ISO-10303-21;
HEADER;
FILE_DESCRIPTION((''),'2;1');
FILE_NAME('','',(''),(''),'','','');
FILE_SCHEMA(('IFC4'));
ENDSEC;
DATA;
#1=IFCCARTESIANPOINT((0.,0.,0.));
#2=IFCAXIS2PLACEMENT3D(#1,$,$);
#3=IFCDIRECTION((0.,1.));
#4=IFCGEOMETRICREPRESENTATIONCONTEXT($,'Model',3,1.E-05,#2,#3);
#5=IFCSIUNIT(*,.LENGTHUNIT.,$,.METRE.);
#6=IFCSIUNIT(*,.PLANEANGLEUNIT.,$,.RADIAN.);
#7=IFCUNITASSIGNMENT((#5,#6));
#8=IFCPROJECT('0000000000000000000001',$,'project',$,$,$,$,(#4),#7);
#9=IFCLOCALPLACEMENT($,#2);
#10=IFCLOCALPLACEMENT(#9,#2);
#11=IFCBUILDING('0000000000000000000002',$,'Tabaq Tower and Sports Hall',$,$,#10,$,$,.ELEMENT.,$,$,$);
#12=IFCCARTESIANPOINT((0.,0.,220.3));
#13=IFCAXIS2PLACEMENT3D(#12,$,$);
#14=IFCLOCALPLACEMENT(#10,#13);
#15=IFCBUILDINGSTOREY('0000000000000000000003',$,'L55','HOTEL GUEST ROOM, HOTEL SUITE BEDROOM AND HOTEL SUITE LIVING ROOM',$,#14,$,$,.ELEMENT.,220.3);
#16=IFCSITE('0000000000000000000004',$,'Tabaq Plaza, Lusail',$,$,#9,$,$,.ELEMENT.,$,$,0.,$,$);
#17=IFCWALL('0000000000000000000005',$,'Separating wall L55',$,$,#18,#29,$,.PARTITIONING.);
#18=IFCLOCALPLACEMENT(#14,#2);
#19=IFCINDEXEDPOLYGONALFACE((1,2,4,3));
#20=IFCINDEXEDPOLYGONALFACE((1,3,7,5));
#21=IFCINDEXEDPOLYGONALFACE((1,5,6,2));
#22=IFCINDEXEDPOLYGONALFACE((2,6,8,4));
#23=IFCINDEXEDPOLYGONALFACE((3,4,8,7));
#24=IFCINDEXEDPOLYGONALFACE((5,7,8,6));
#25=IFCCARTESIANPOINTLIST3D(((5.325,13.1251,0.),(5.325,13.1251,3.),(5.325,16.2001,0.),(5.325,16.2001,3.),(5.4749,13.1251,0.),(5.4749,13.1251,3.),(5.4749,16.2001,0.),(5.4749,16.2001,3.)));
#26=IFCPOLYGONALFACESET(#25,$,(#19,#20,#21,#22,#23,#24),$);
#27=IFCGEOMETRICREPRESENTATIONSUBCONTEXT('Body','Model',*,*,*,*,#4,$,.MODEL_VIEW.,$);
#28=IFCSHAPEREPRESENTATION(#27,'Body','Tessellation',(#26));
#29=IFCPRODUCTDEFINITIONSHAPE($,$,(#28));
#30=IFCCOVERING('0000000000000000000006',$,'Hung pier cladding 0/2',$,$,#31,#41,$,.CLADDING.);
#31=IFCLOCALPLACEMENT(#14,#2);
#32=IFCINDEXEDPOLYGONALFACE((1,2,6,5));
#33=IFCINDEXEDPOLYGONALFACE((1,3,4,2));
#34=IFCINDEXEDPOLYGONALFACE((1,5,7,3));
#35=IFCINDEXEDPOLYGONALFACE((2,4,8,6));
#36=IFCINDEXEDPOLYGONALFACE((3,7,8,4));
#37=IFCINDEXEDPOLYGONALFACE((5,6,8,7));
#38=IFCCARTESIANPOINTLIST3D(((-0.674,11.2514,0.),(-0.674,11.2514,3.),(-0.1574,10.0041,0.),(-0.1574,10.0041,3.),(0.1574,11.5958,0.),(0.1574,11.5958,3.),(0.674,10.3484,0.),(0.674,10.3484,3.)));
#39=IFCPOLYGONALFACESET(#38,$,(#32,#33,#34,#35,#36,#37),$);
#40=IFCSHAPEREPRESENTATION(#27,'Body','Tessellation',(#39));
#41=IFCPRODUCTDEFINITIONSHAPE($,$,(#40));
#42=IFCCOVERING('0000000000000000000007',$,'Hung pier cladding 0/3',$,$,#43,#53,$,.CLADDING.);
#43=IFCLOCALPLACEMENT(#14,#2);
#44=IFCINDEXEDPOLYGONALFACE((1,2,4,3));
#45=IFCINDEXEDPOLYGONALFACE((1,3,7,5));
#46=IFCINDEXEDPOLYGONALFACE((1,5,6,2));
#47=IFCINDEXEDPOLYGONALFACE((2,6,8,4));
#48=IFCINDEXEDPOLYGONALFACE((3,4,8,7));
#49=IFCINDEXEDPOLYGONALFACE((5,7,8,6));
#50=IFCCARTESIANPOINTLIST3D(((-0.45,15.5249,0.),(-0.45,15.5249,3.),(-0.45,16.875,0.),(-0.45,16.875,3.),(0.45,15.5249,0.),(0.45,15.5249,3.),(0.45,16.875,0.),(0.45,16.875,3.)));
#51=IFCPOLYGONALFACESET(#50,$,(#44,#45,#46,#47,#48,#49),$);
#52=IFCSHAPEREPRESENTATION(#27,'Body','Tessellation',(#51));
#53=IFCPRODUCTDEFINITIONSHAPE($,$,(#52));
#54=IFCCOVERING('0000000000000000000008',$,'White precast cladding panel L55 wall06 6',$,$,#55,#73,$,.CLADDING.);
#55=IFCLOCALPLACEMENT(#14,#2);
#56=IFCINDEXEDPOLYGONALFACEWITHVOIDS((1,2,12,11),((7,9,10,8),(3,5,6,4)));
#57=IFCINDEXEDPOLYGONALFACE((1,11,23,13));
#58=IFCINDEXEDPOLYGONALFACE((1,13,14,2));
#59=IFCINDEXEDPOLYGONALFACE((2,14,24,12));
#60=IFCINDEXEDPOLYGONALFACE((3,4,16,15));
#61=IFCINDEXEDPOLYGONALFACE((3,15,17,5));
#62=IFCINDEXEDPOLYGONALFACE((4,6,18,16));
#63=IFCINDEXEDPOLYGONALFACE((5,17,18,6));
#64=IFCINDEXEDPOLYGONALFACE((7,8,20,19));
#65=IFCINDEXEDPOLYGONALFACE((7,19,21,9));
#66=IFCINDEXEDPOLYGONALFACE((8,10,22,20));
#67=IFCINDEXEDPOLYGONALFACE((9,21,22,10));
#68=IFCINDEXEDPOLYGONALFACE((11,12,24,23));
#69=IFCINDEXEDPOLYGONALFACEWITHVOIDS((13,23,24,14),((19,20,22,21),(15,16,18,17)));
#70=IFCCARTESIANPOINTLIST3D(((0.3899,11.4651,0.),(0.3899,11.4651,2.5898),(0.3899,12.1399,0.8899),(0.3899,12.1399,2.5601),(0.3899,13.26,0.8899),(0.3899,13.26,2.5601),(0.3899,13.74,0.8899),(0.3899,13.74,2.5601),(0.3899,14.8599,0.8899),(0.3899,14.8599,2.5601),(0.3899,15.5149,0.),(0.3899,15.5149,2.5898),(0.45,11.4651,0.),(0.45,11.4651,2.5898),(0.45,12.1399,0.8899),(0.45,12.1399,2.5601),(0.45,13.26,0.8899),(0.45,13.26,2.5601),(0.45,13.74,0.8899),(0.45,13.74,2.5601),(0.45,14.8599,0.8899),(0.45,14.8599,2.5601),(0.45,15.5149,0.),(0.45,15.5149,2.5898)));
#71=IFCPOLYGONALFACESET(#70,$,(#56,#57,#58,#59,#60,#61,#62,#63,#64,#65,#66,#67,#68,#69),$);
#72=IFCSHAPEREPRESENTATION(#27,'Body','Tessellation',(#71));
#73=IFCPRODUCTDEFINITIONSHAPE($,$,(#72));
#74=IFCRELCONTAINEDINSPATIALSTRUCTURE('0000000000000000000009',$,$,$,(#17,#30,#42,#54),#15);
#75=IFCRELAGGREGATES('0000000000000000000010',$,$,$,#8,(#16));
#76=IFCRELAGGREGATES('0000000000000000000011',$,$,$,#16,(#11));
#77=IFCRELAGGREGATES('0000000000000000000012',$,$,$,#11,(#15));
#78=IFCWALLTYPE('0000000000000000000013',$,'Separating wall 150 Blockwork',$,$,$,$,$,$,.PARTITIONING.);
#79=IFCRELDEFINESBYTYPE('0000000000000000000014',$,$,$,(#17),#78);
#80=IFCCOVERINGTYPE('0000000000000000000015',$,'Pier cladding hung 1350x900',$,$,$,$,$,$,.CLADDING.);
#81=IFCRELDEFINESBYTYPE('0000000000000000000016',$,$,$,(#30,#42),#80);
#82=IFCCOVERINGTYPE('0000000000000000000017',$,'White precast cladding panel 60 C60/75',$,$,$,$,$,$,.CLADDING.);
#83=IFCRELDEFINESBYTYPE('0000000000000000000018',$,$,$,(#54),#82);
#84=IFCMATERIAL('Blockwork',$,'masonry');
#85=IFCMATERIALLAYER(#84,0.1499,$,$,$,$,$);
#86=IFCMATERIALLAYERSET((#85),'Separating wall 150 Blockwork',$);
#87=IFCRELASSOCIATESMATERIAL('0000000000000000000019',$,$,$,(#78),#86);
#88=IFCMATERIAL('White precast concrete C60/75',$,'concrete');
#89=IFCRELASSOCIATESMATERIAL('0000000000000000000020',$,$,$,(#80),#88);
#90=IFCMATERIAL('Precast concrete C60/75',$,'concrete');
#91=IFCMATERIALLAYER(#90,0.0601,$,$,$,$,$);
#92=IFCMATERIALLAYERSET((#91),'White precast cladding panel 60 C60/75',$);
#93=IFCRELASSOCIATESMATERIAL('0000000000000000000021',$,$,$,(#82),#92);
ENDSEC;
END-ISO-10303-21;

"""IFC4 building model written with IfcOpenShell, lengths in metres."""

from ifc_helpers import new_model, si_unit, direction, frame, frame_2d, origin, place, context, subcontext, project, spatial, polyline, rectangle, outline, extrude, material, layer, layer_set, type_object, element, save


model = new_model("IFC4")

# Units and contexts
model_context = context("Model", 3, precision=1e-05, world=origin(), true_north=direction((0.0, 1.0)))
body_context = subcontext(model_context, "Body", "Model", "MODEL_VIEW")
ifc_project = project(units=[si_unit("LENGTHUNIT", "METRE"), si_unit("PLANEANGLEUNIT", "RADIAN")], contexts=[model_context])

# Site, building, storey
site_placement = place(None, origin())
site = spatial("IfcSite", under=ifc_project, at=site_placement, Name="Tabaq Plaza, Lusail", CompositionType="ELEMENT", RefElevation=0.0)
building_placement = place(site_placement, origin())
building = spatial("IfcBuilding", under=site, at=building_placement, Name="Tabaq Tower and Sports Hall", CompositionType="ELEMENT")
storey_placement = place(building_placement, frame((0.0, 0.0, 220.3)))
storey = spatial("IfcBuildingStorey", under=building, at=storey_placement, Name="L55", Description="HOTEL GUEST ROOM, HOTEL SUITE BEDROOM AND HOTEL SUITE LIVING ROOM", CompositionType="ELEMENT", Elevation=220.3)

# Shared definitions
ifc_material_1 = material(Name="Blockwork", Category="masonry")
ifc_layer_1 = layer(ifc_material_1, 0.1499)
ifc_layer_set_1 = layer_set([ifc_layer_1], Name="Separating wall 150 Blockwork")
wall_type = type_object("IfcWallType", Name="Separating wall 150 Blockwork", PredefinedType="PARTITIONING", material=ifc_layer_set_1)

# Wall
wall_1_placement = place(storey_placement, frame((5.3999, 13.125, 0.0), z_axis=(0.0, 0.0, 1.0), x_axis=(0.0, 1.0, 0.0)))
element("IfcWall", 1, at=wall_1_placement, inside=storey, type_object=wall_type, Name="Separating wall L55", PredefinedType="PARTITIONING", context=body_context, shape_type="SweptSolid", body=[
    extrude(rectangle(XDim=3.075, YDim=0.1499, at=frame_2d((1.5376, 0.0))), origin(), (0.0, 0.0, 1.0), 3.0),
])

# Coverings
ifc_material_2 = material(Name="White precast concrete C60/75", Category="concrete")
covering_type_1 = type_object("IfcCoveringType", Name="Pier cladding hung 1350x900", PredefinedType="CLADDING", material=ifc_material_2)
for number, where, z_axis, x_axis, name in (
    (2, (-0.2583, 11.4236, 0.0), (0.0, 0.0, 1.0), (0.38265, -0.923893, 0.0), "Hung pier cladding 0/2"),
    (3, (0.0, 16.875, 0.0), (0.0, 0.0, 1.0), (0.0, -1.0, 0.0), "Hung pier cladding 0/3"),
):
    element("IfcCovering", number, at=place(storey_placement, frame(where, z_axis=z_axis, x_axis=x_axis)), inside=storey, type_object=covering_type_1, Name=name, PredefinedType="CLADDING", context=body_context, shape_type="SweptSolid", body=[
        extrude(rectangle(XDim=1.3501, YDim=0.8999, at=frame_2d((0.675, 0.0))), origin(), (0.0, 0.0, 1.0), 3.0),
    ])
ifc_material_3 = material(Name="Precast concrete C60/75", Category="concrete")
ifc_layer_2 = layer(ifc_material_3, 0.0601)
ifc_layer_set_2 = layer_set([ifc_layer_2], Name="White precast cladding panel 60 C60/75")
covering_type_2 = type_object("IfcCoveringType", Name="White precast cladding panel 60 C60/75", PredefinedType="CLADDING", material=ifc_layer_set_2)
covering_placement = place(storey_placement, frame((0.4199, 15.5149, 0.0), z_axis=(0.0, 0.0, 1.0), x_axis=(0.0, -1.0, 0.0)))
element("IfcCovering", 4, at=covering_placement, inside=storey, type_object=covering_type_2, Name="White precast cladding panel L55 wall06 6", PredefinedType="CLADDING", context=body_context, shape_type="SweptSolid", body=[
    extrude(outline(polyline([(0.0, 0.0), (4.0498, 0.0), (4.0498, 2.5898), (0.0, 2.5898), (0.0, 0.0)]), holes=[polyline([(0.655, 0.8899), (0.655, 2.5601), (1.7749, 2.5601), (1.7749, 0.8899), (0.655, 0.8899)]), polyline([(2.2549, 0.8899), (2.2549, 2.5601), (3.375, 2.5601), (3.375, 0.8899), (2.2549, 0.8899)])]), frame((0.0, 0.03, 0.0), z_axis=(0.0, -1.0, 0.0), x_axis=(1.0, 0.0, 0.0)), (0.0, 0.0, 1.0), 0.0601),
])

save(model, "model.ifc")
